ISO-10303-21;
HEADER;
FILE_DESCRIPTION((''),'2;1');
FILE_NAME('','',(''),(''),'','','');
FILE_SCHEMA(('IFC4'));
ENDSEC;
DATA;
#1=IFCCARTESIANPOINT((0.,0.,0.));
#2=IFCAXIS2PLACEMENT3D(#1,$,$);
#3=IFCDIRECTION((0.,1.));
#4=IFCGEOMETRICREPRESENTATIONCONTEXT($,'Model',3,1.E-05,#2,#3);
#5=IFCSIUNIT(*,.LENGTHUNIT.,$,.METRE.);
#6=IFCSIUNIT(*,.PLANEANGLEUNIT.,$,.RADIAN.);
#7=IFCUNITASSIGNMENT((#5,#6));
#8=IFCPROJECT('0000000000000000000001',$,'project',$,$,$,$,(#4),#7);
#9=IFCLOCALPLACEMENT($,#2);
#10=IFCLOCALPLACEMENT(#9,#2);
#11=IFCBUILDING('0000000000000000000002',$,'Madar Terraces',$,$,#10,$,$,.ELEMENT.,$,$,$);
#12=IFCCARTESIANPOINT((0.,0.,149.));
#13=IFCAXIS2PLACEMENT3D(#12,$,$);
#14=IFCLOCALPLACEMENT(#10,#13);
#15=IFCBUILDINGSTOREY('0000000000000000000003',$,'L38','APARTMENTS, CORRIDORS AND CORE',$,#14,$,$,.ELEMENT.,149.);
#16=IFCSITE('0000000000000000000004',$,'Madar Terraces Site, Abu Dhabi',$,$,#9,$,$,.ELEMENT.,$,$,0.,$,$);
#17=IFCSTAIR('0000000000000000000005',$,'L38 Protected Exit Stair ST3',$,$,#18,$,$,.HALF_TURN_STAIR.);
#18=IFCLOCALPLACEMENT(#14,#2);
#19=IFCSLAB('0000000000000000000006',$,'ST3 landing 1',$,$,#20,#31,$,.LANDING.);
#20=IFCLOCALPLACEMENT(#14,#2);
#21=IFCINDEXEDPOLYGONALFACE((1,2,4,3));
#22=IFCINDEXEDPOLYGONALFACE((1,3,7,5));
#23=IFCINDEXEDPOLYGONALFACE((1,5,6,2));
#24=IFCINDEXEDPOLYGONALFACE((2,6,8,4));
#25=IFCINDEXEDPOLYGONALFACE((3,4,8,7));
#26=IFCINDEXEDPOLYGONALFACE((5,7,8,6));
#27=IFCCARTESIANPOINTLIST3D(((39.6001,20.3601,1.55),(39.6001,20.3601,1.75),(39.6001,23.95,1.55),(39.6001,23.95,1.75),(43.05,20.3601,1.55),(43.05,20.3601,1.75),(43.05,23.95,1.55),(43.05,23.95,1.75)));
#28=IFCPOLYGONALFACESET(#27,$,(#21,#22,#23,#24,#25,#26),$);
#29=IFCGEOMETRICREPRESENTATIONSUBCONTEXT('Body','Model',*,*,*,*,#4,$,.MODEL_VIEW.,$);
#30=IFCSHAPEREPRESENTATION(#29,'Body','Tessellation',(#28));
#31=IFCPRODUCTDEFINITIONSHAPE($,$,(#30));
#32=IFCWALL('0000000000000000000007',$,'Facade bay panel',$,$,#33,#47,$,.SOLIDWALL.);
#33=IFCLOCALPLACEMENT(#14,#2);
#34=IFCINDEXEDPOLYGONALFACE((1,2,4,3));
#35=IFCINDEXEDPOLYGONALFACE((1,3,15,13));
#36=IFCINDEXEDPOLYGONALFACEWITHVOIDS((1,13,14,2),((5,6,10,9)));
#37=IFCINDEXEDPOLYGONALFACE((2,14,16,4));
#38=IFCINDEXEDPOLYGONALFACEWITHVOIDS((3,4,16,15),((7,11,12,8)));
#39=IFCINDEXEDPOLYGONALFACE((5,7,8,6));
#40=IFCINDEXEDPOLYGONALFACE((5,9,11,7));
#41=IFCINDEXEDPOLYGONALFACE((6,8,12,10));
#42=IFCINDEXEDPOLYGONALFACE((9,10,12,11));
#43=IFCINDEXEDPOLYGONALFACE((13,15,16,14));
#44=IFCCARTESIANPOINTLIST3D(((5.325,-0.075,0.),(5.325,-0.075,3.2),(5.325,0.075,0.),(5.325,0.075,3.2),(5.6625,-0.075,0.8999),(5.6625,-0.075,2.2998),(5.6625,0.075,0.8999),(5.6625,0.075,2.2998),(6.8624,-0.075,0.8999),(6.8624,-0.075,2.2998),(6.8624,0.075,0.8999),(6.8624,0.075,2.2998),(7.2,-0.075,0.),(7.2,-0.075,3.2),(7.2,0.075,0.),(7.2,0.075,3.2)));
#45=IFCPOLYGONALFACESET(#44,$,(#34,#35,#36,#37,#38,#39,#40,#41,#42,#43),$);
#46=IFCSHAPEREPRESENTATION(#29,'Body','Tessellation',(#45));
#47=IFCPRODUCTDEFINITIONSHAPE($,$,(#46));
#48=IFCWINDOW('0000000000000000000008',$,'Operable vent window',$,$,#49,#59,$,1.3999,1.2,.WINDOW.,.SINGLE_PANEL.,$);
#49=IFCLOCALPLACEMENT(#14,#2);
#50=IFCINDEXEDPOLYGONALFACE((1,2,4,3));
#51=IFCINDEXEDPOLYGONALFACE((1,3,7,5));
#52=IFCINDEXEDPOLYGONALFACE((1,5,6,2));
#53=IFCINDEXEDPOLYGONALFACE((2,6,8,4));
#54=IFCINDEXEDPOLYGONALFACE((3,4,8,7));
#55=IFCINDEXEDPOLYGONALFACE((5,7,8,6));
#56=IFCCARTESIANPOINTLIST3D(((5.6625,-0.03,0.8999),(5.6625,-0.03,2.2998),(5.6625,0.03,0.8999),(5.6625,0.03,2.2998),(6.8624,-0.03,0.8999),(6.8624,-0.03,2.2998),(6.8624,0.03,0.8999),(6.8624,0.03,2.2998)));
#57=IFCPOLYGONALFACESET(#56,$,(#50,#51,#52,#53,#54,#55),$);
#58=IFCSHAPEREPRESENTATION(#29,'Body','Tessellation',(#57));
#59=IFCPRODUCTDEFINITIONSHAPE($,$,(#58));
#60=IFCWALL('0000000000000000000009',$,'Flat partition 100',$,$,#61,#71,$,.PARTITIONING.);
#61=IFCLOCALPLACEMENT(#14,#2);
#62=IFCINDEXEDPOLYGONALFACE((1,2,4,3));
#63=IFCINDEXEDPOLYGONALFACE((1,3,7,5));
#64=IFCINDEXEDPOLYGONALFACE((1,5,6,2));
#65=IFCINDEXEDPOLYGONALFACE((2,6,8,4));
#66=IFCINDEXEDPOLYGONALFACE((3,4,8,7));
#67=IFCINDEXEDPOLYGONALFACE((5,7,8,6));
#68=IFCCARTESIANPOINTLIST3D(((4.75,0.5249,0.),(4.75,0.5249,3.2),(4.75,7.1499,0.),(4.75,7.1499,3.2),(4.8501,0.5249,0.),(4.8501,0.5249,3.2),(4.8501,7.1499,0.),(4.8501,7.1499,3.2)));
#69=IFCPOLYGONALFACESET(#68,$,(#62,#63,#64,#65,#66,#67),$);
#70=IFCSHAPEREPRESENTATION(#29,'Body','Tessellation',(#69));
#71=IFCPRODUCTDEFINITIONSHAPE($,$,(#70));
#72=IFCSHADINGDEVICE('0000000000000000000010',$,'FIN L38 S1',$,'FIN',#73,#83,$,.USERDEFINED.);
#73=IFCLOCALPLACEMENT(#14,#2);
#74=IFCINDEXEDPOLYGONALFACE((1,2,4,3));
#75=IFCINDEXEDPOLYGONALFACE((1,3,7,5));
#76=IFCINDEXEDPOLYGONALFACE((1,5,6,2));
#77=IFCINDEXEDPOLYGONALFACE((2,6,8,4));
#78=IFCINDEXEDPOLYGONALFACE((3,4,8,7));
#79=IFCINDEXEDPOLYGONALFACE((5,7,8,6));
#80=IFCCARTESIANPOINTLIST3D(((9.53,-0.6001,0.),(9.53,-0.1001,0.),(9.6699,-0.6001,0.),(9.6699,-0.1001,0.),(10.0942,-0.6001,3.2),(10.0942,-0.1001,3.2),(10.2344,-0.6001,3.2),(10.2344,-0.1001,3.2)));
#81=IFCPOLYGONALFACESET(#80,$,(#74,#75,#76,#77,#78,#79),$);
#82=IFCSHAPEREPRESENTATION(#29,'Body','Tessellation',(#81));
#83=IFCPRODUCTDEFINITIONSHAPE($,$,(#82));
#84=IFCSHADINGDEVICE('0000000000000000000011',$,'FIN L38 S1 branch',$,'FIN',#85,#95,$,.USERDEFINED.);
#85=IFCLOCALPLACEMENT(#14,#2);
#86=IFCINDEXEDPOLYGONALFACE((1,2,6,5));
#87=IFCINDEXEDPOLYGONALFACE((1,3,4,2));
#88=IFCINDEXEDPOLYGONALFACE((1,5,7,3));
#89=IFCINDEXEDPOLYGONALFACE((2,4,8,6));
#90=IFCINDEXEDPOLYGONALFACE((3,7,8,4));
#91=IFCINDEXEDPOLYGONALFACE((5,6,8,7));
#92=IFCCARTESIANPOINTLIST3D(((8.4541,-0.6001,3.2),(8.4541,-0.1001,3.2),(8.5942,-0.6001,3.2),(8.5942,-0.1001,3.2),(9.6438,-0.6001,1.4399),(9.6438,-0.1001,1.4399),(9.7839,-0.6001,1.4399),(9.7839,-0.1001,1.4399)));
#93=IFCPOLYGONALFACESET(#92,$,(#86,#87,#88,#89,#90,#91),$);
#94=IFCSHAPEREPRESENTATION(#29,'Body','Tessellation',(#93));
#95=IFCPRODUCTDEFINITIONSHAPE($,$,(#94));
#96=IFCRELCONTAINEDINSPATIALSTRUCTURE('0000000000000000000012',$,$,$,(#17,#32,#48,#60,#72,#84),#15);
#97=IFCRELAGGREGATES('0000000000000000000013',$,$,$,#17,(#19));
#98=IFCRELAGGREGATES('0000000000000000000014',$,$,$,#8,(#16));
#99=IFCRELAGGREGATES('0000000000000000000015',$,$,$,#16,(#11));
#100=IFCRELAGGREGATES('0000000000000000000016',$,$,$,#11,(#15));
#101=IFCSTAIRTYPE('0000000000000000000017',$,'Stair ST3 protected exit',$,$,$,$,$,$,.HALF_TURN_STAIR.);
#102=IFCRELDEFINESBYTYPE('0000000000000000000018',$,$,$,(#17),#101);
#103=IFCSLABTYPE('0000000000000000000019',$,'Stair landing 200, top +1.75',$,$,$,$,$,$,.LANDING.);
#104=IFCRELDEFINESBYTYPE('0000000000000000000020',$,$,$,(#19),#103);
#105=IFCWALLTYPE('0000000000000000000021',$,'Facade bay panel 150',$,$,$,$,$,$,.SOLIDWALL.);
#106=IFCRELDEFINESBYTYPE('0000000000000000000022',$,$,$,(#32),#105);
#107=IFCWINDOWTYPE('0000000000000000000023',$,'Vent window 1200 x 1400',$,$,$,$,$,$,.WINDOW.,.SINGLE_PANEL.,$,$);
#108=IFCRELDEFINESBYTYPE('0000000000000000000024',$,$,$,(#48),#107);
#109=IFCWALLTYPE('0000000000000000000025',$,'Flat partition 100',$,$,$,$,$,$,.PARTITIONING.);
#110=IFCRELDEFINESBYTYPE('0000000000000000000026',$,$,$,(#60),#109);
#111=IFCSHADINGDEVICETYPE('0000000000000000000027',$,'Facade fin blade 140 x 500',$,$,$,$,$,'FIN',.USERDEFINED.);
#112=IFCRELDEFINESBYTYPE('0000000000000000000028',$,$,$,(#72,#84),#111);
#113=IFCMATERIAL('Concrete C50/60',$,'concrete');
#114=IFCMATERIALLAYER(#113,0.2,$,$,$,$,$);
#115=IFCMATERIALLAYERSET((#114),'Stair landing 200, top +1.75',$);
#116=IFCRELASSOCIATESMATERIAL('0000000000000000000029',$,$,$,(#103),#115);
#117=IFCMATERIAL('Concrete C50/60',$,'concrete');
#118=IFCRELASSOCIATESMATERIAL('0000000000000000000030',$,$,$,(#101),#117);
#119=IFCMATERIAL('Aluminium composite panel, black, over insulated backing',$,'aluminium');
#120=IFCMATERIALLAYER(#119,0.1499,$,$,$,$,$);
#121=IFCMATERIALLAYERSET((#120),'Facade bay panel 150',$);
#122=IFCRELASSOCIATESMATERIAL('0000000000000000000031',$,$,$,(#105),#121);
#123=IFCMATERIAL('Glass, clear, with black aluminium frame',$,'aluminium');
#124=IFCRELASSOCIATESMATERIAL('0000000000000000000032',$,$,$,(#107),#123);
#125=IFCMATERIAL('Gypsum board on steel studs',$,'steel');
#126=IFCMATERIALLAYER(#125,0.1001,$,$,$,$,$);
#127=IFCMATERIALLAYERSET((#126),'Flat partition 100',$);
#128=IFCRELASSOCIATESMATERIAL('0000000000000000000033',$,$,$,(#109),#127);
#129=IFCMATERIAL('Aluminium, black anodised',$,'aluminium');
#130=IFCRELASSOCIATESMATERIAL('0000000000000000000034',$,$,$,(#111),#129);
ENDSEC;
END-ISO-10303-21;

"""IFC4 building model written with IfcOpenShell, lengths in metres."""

from ifc_helpers import new_model, si_unit, direction, frame, frame_2d, origin, place, context, subcontext, project, spatial, polyline, rectangle, outline, extrude, material, layer, layer_set, type_object, element, fill, aggregate, save


model = new_model("IFC4")

# Units and contexts
model_context = context("Model", 3, precision=1e-05, world=origin(), true_north=direction((0.0, 1.0)))
body_context = subcontext(model_context, "Body", "Model", "MODEL_VIEW")
ifc_project = project(units=[si_unit("LENGTHUNIT", "METRE"), si_unit("PLANEANGLEUNIT", "RADIAN")], contexts=[model_context])

# Site, building, storey
site_placement = place(None, origin())
site = spatial("IfcSite", under=ifc_project, at=site_placement, Name="Madar Terraces Site, Abu Dhabi", CompositionType="ELEMENT", RefElevation=0.0)
building_placement = place(site_placement, origin())
building = spatial("IfcBuilding", under=site, at=building_placement, Name="Madar Terraces", CompositionType="ELEMENT")
storey_placement = place(building_placement, frame((0.0, 0.0, 149.0)))
storey = spatial("IfcBuildingStorey", under=building, at=storey_placement, Name="L38", Description="APARTMENTS, CORRIDORS AND CORE", CompositionType="ELEMENT", Elevation=149.0)

# Stair, slab
ifc_material_1 = material(Name="Concrete C50/60", Category="concrete")
ifc_layer_1 = layer(ifc_material_1, 0.2)
ifc_layer_set_1 = layer_set([ifc_layer_1], Name="Stair landing 200, top +1.75")
slab_type_1 = type_object("IfcSlabType", Name="Stair landing 200, top +1.75", PredefinedType="LANDING", material=ifc_layer_set_1)
ifc_material_2 = material(Name="Concrete C50/60", Category="concrete")
stair_type_1 = type_object("IfcStairType", Name="Stair ST3 protected exit", PredefinedType="HALF_TURN_STAIR", material=ifc_material_2)
stair_1_placement = place(storey_placement, origin())
stair_1 = element("IfcStair", 1, at=stair_1_placement, inside=storey, type_object=stair_type_1, Name="L38 Protected Exit Stair ST3", PredefinedType="HALF_TURN_STAIR")
slab_1_placement = place(storey_placement, frame((0.0, 0.0, 1.55)))
slab_1 = element("IfcSlab", 2, at=slab_1_placement, type_object=slab_type_1, Name="ST3 landing 1", PredefinedType="LANDING", context=body_context, shape_type="SweptSolid", body=[
    extrude(outline(polyline([(39.6001, 20.3601), (43.05, 20.3601), (43.05, 23.95), (39.6001, 23.95), (39.6001, 20.3601)])), origin(), (0.0, 0.0, 1.0), 0.2),
])
aggregate(stair_1, [slab_1])

# Wall, opening, window
ifc_material_3 = material(Name="Aluminium composite panel, black, over insulated backing", Category="aluminium")
ifc_layer_2 = layer(ifc_material_3, 0.1499)
ifc_layer_set_2 = layer_set([ifc_layer_2], Name="Facade bay panel 150")
wall_type_1 = type_object("IfcWallType", Name="Facade bay panel 150", PredefinedType="SOLIDWALL", material=ifc_layer_set_2)
wall_1_placement = place(storey_placement, frame((5.325, 0.0, 0.0), z_axis=(0.0, 0.0, 1.0), x_axis=(1.0, 0.0, 0.0)))
wall_1 = element("IfcWall", 3, at=wall_1_placement, inside=storey, type_object=wall_type_1, Name="Facade bay panel", PredefinedType="SOLIDWALL", context=body_context, shape_type="SweptSolid", body=[
    extrude(rectangle(XDim=1.875, YDim=0.1499, at=frame_2d((0.9375, 0.0))), origin(), (0.0, 0.0, 1.0), 3.2),
])
opening_placement = place(wall_1_placement, frame((0.3374, 0.0, 0.8999)))
opening = element("IfcOpeningElement", 4, at=opening_placement, cuts=wall_1, PredefinedType="OPENING", context=body_context, shape_type="SweptSolid", body=[
    extrude(rectangle(XDim=1.2, YDim=1.3999, at=frame_2d((0.6001, 0.7))), frame((0.0, 0.085, 0.0), z_axis=(0.0, -1.0, 0.0), x_axis=(1.0, 0.0, 0.0)), (0.0, 0.0, 1.0), 0.1699),
])
ifc_material_4 = material(Name="Glass, clear, with black aluminium frame", Category="aluminium")
window_type = type_object("IfcWindowType", Name="Vent window 1200 x 1400", PartitioningType="SINGLE_PANEL", PredefinedType="WINDOW", material=ifc_material_4)
window_placement = place(opening_placement, origin())
window = element("IfcWindow", 5, at=window_placement, inside=storey, type_object=window_type, Name="Operable vent window", OverallHeight=1.3999, OverallWidth=1.2, PartitioningType="SINGLE_PANEL", PredefinedType="WINDOW", context=body_context, shape_type="SweptSolid", body=[
    extrude(rectangle(XDim=1.2, YDim=1.3999, at=frame_2d((0.6001, 0.7))), frame((0.0, 0.03, 0.0), z_axis=(0.0, -1.0, 0.0), x_axis=(1.0, 0.0, 0.0)), (0.0, 0.0, 1.0), 0.0601),
])
fill(opening, window)

# Wall
ifc_material_5 = material(Name="Gypsum board on steel studs", Category="steel")
ifc_layer_3 = layer(ifc_material_5, 0.1001)
ifc_layer_set_3 = layer_set([ifc_layer_3], Name="Flat partition 100")
wall_type_2 = type_object("IfcWallType", Name="Flat partition 100", PredefinedType="PARTITIONING", material=ifc_layer_set_3)
wall_2_placement = place(storey_placement, frame((4.8, 7.1499, 0.0), z_axis=(0.0, 0.0, 1.0), x_axis=(0.0, -1.0, 0.0)))
element("IfcWall", 6, at=wall_2_placement, inside=storey, type_object=wall_type_2, Name="Flat partition 100", PredefinedType="PARTITIONING", context=body_context, shape_type="SweptSolid", body=[
    extrude(rectangle(XDim=6.625, YDim=0.1001, at=frame_2d((3.3125, 0.0))), origin(), (0.0, 0.0, 1.0), 3.2),
])

# Shading devices
ifc_material_6 = material(Name="Aluminium, black anodised", Category="aluminium")
shading_device_type = type_object("IfcShadingDeviceType", Name="Facade fin blade 140 x 500", ElementType="FIN", PredefinedType="USERDEFINED", material=ifc_material_6)
shading_device_1_placement = place(storey_placement, frame((9.53, -0.3501, 0.0), z_axis=(0.0, 0.0, 1.0), x_axis=(1.0, 0.0, 0.0)))
element("IfcShadingDevice", 7, at=shading_device_1_placement, inside=storey, type_object=shading_device_type, Name="FIN L38 S1", ObjectType="FIN", PredefinedType="USERDEFINED", context=body_context, shape_type="SweptSolid", body=[
    extrude(outline(polyline([(0.0, 0.0), (0.1399, 0.0), (0.7043, 3.2), (0.5642, 3.2), (0.0, 0.0)])), frame((0.0, 0.25, 0.0), z_axis=(0.0, -1.0, 0.0), x_axis=(1.0, 0.0, 0.0)), (0.0, 0.0, 1.0), 0.5),
])
shading_device_2_placement = place(storey_placement, frame((9.6438, -0.3501, 1.4399), z_axis=(0.0, 0.0, 1.0), x_axis=(1.0, 0.0, 0.0)))
element("IfcShadingDevice", 8, at=shading_device_2_placement, inside=storey, type_object=shading_device_type, Name="FIN L38 S1 branch", ObjectType="FIN", PredefinedType="USERDEFINED", context=body_context, shape_type="SweptSolid", body=[
    extrude(outline(polyline([(0.0, 0.0), (0.1401, 0.0), (-1.0496, 1.76), (-1.1897, 1.76), (0.0, 0.0)])), frame((0.0, 0.25, 0.0), z_axis=(0.0, -1.0, 0.0), x_axis=(1.0, 0.0, 0.0)), (0.0, 0.0, 1.0), 0.5),
])

save(model, "model.ifc")
